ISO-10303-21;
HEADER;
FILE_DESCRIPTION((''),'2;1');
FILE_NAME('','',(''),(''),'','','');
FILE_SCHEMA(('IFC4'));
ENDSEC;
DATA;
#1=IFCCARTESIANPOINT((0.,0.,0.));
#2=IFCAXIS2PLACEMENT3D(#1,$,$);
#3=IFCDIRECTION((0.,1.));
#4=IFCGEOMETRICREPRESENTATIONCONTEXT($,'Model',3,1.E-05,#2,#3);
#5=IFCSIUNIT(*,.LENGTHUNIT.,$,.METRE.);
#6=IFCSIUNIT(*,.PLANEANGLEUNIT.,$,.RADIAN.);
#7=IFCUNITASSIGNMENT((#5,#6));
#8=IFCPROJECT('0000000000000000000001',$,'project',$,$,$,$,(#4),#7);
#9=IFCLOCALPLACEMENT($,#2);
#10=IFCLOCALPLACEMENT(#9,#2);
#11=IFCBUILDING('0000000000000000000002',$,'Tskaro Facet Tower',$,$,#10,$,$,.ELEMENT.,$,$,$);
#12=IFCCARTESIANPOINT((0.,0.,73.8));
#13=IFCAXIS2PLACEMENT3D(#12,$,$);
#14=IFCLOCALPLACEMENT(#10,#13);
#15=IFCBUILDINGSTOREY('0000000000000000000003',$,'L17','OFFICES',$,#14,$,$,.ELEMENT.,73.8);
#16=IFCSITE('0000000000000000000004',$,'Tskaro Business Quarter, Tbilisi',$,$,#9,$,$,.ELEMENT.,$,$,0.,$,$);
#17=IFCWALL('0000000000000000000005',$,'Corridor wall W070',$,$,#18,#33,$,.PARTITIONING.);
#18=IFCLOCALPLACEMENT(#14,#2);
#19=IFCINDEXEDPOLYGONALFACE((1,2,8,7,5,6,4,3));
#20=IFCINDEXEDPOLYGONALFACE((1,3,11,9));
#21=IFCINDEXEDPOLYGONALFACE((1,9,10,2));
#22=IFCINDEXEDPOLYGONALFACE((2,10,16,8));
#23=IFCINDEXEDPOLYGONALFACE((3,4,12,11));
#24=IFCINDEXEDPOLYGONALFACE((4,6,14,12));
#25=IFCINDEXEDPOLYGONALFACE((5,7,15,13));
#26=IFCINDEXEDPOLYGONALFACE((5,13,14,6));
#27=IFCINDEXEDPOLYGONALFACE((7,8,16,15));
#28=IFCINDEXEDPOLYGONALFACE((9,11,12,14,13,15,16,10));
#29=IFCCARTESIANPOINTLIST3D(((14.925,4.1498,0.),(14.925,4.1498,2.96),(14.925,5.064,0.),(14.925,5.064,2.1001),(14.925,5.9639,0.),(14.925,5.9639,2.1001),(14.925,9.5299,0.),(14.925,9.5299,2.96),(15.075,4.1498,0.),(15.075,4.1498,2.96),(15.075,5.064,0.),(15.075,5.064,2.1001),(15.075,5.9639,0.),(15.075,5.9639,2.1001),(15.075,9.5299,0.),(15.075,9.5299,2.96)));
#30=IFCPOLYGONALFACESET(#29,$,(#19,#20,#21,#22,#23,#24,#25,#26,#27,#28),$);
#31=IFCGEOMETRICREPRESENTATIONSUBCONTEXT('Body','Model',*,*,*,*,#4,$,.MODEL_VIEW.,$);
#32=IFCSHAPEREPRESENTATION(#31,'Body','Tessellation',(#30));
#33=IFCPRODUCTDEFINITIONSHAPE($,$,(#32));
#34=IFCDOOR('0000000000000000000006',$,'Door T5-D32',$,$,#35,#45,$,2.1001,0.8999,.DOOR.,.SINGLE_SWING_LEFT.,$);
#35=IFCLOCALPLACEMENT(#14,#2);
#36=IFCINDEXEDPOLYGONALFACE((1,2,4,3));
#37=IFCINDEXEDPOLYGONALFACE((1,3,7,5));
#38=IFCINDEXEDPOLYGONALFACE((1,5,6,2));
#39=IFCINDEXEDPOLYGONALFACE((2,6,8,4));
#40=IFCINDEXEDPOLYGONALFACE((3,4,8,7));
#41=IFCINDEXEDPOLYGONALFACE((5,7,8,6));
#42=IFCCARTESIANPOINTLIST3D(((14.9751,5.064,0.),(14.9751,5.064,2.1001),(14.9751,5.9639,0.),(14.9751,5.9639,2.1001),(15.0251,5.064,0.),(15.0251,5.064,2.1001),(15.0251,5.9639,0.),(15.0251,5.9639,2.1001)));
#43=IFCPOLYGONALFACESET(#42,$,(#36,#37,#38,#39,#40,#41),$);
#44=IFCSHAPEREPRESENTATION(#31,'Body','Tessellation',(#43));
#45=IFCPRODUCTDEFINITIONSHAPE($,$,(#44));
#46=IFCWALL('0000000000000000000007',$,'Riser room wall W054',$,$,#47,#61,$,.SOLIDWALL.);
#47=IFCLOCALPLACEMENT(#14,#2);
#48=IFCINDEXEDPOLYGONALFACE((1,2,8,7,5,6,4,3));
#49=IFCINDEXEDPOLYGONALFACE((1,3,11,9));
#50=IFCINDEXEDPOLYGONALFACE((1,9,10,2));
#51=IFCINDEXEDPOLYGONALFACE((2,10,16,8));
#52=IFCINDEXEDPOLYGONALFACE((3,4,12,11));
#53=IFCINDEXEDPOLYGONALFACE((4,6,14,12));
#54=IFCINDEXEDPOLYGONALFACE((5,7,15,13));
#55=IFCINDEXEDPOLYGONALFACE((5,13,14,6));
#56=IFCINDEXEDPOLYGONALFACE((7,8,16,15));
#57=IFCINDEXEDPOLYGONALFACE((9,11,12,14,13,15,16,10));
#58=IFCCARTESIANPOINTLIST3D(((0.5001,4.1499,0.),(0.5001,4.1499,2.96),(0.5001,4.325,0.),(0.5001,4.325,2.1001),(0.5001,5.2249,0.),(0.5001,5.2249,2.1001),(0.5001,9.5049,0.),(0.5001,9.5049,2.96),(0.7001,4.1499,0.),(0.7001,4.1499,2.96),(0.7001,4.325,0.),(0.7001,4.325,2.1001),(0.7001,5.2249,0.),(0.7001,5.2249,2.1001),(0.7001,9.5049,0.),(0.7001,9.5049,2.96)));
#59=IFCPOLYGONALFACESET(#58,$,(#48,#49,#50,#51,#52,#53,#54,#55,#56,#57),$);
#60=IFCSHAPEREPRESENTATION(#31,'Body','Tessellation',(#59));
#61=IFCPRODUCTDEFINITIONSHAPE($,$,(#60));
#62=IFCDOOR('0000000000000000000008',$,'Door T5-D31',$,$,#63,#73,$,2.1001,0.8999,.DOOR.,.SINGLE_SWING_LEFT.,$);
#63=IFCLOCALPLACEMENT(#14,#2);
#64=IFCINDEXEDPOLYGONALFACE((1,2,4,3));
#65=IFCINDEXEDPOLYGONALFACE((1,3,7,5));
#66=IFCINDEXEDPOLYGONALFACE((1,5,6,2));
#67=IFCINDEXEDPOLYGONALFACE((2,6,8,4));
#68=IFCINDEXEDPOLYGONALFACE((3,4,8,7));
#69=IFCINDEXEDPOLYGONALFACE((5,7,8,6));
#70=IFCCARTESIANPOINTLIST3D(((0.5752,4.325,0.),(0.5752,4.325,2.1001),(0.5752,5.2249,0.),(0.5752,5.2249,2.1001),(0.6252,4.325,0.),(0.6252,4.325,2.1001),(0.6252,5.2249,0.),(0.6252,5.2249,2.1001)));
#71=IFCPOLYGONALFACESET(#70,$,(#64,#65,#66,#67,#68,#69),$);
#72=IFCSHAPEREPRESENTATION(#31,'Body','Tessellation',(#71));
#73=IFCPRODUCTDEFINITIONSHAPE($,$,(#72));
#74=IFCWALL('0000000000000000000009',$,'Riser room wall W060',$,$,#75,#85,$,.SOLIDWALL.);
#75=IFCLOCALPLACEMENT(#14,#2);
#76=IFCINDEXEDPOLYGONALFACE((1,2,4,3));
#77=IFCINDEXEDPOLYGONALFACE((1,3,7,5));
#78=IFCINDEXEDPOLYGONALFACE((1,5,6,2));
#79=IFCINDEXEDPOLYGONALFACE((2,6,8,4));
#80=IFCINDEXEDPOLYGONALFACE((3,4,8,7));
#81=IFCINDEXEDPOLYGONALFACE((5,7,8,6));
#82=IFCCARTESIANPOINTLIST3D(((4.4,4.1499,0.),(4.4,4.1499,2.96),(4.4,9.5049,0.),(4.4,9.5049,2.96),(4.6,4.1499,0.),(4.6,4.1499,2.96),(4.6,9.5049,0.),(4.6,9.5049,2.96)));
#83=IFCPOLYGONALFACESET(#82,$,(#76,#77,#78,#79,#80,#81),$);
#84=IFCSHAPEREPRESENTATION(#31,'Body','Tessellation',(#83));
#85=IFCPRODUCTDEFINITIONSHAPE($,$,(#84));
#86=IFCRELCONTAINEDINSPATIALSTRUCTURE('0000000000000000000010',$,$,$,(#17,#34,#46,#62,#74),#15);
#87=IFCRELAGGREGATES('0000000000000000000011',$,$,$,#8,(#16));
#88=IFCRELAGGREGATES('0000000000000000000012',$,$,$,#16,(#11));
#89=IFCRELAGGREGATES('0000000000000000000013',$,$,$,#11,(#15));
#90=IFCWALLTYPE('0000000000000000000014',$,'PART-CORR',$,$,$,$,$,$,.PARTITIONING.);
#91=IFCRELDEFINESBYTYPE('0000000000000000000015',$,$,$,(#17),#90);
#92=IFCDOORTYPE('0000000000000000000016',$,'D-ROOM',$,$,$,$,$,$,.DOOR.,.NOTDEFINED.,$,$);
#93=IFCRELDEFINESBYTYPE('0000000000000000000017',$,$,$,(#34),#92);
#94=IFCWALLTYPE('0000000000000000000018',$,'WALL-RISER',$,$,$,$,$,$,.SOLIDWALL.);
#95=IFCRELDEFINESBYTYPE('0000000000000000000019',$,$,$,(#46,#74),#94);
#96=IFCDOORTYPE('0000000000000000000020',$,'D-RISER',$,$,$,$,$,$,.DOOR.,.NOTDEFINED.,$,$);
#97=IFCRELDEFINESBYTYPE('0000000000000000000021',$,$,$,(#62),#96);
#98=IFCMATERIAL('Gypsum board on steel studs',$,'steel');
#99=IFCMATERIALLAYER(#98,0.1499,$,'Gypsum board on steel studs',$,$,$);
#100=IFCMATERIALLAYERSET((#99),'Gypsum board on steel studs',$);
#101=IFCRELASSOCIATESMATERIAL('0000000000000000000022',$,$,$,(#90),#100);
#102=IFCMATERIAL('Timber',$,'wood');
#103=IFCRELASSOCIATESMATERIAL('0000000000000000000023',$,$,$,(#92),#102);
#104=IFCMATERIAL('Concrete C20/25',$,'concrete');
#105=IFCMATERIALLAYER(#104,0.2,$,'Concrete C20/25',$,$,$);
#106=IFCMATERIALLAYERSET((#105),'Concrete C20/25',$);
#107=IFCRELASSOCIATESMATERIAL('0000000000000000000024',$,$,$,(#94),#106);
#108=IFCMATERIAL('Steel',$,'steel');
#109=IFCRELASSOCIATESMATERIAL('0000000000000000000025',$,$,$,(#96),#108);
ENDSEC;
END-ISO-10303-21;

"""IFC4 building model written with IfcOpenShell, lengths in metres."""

from ifc_helpers import new_model, si_unit, direction, frame, frame_2d, origin, place, context, subcontext, project, spatial, rectangle, extrude, material, layer, layer_set, type_object, element, fill, save


model = new_model("IFC4")

# Units and contexts
model_context = context("Model", 3, precision=1e-05, world=origin(), true_north=direction((0.0, 1.0)))
body_context = subcontext(model_context, "Body", "Model", "MODEL_VIEW")
ifc_project = project(units=[si_unit("LENGTHUNIT", "METRE"), si_unit("PLANEANGLEUNIT", "RADIAN")], contexts=[model_context])

# Site, building, storey
site_placement = place(None, origin())
site = spatial("IfcSite", under=ifc_project, at=site_placement, Name="Tskaro Business Quarter, Tbilisi", CompositionType="ELEMENT", RefElevation=0.0)
building_placement = place(site_placement, origin())
building = spatial("IfcBuilding", under=site, at=building_placement, Name="Tskaro Facet Tower", CompositionType="ELEMENT")
storey_placement = place(building_placement, frame((0.0, 0.0, 73.8)))
storey = spatial("IfcBuildingStorey", under=building, at=storey_placement, Name="L17", Description="OFFICES", CompositionType="ELEMENT", Elevation=73.8)

# Shared definitions
ifc_material_1 = material(Name="Concrete C20/25", Category="concrete")
ifc_material_2 = material(Name="Steel", Category="steel")

# Shared definitions
ifc_material_3 = material(Name="Gypsum board on steel studs", Category="steel")
ifc_layer_1 = layer(ifc_material_3, 0.1499, Name="Gypsum board on steel studs")
ifc_layer_set_1 = layer_set([ifc_layer_1], Name="Gypsum board on steel studs")
wall_type_1 = type_object("IfcWallType", Name="PART-CORR", PredefinedType="PARTITIONING", material=ifc_layer_set_1)

# Walls, openings, doors
wall_1_placement = place(storey_placement, frame((15.0, 4.1499, 0.0), z_axis=(0.0, 0.0, 1.0), x_axis=(0.0, 1.0, 0.0)))
wall_1 = element("IfcWall", 1, at=wall_1_placement, inside=storey, type_object=wall_type_1, Name="Corridor wall W070", PredefinedType="PARTITIONING", context=body_context, shape_type="SweptSolid", body=[
    extrude(rectangle(XDim=5.3801, YDim=0.1499, at=frame_2d((2.6899, 0.0))), origin(), (0.0, 0.0, 1.0), 2.96),
])
opening_1_placement = place(wall_1_placement, frame((0.9141, 0.0, 0.0)))
opening_1 = element("IfcOpeningElement", 2, at=opening_1_placement, cuts=wall_1, PredefinedType="OPENING", context=body_context, shape_type="SweptSolid", body=[
    extrude(rectangle(XDim=0.8999, YDim=2.1001, at=frame_2d((0.45, 1.05))), frame((0.0, 0.085, 0.0), z_axis=(0.0, -1.0, 0.0), x_axis=(1.0, 0.0, 0.0)), (0.0, 0.0, 1.0), 0.1699),
])
ifc_material_4 = material(Name="Timber", Category="wood")
door_type_1 = type_object("IfcDoorType", Name="D-ROOM", OperationType="NOTDEFINED", PredefinedType="DOOR", material=ifc_material_4)
door_1_placement = place(opening_1_placement, origin())
door_1 = element("IfcDoor", 3, at=door_1_placement, inside=storey, type_object=door_type_1, Name="Door T5-D32", OperationType="SINGLE_SWING_LEFT", OverallHeight=2.1001, OverallWidth=0.8999, PredefinedType="DOOR", context=body_context, shape_type="SweptSolid", body=[
    extrude(rectangle(XDim=0.8999, YDim=2.1001, at=frame_2d((0.45, 1.05))), frame((0.0, 0.0249, 0.0), z_axis=(0.0, -1.0, 0.0), x_axis=(1.0, 0.0, 0.0)), (0.0, 0.0, 1.0), 0.05),
])
fill(opening_1, door_1)
ifc_layer_2 = layer(ifc_material_1, 0.2, Name="Concrete C20/25")
ifc_layer_set_2 = layer_set([ifc_layer_2], Name="Concrete C20/25")
wall_type_2 = type_object("IfcWallType", Name="WALL-RISER", PredefinedType="SOLIDWALL", material=ifc_layer_set_2)
wall_2_placement = place(storey_placement, frame((0.6001, 4.1499, 0.0), z_axis=(0.0, 0.0, 1.0), x_axis=(0.0, 1.0, 0.0)))
wall_2 = element("IfcWall", 4, at=wall_2_placement, inside=storey, type_object=wall_type_2, Name="Riser room wall W054", PredefinedType="SOLIDWALL", context=body_context, shape_type="SweptSolid", body=[
    extrude(rectangle(XDim=5.355, YDim=0.2, at=frame_2d((2.6775, 0.0))), origin(), (0.0, 0.0, 1.0), 2.96),
])
opening_2_placement = place(wall_2_placement, frame((0.175, 0.0, 0.0)))
opening_2 = element("IfcOpeningElement", 5, at=opening_2_placement, cuts=wall_2, PredefinedType="OPENING", context=body_context, shape_type="SweptSolid", body=[
    extrude(rectangle(XDim=0.8999, YDim=2.1001, at=frame_2d((0.45, 1.05))), frame((0.0, 0.1099, 0.0), z_axis=(0.0, -1.0, 0.0), x_axis=(1.0, 0.0, 0.0)), (0.0, 0.0, 1.0), 0.22),
])
door_type_2 = type_object("IfcDoorType", Name="D-RISER", OperationType="NOTDEFINED", PredefinedType="DOOR", material=ifc_material_2)
door_2_placement = place(opening_2_placement, origin())
door_2 = element("IfcDoor", 6, at=door_2_placement, inside=storey, type_object=door_type_2, Name="Door T5-D31", OperationType="SINGLE_SWING_LEFT", OverallHeight=2.1001, OverallWidth=0.8999, PredefinedType="DOOR", context=body_context, shape_type="SweptSolid", body=[
    extrude(rectangle(XDim=0.8999, YDim=2.1001, at=frame_2d((0.45, 1.05))), frame((0.0, 0.0249, 0.0), z_axis=(0.0, -1.0, 0.0), x_axis=(1.0, 0.0, 0.0)), (0.0, 0.0, 1.0), 0.05),
])
fill(opening_2, door_2)

# Wall
wall_3_placement = place(storey_placement, frame((4.5, 4.1499, 0.0), z_axis=(0.0, 0.0, 1.0), x_axis=(0.0, 1.0, 0.0)))
element("IfcWall", 7, at=wall_3_placement, inside=storey, type_object=wall_type_2, Name="Riser room wall W060", PredefinedType="SOLIDWALL", context=body_context, shape_type="SweptSolid", body=[
    extrude(rectangle(XDim=5.355, YDim=0.2, at=frame_2d((2.6775, 0.0))), origin(), (0.0, 0.0, 1.0), 2.96),
])

save(model, "model.ifc")
